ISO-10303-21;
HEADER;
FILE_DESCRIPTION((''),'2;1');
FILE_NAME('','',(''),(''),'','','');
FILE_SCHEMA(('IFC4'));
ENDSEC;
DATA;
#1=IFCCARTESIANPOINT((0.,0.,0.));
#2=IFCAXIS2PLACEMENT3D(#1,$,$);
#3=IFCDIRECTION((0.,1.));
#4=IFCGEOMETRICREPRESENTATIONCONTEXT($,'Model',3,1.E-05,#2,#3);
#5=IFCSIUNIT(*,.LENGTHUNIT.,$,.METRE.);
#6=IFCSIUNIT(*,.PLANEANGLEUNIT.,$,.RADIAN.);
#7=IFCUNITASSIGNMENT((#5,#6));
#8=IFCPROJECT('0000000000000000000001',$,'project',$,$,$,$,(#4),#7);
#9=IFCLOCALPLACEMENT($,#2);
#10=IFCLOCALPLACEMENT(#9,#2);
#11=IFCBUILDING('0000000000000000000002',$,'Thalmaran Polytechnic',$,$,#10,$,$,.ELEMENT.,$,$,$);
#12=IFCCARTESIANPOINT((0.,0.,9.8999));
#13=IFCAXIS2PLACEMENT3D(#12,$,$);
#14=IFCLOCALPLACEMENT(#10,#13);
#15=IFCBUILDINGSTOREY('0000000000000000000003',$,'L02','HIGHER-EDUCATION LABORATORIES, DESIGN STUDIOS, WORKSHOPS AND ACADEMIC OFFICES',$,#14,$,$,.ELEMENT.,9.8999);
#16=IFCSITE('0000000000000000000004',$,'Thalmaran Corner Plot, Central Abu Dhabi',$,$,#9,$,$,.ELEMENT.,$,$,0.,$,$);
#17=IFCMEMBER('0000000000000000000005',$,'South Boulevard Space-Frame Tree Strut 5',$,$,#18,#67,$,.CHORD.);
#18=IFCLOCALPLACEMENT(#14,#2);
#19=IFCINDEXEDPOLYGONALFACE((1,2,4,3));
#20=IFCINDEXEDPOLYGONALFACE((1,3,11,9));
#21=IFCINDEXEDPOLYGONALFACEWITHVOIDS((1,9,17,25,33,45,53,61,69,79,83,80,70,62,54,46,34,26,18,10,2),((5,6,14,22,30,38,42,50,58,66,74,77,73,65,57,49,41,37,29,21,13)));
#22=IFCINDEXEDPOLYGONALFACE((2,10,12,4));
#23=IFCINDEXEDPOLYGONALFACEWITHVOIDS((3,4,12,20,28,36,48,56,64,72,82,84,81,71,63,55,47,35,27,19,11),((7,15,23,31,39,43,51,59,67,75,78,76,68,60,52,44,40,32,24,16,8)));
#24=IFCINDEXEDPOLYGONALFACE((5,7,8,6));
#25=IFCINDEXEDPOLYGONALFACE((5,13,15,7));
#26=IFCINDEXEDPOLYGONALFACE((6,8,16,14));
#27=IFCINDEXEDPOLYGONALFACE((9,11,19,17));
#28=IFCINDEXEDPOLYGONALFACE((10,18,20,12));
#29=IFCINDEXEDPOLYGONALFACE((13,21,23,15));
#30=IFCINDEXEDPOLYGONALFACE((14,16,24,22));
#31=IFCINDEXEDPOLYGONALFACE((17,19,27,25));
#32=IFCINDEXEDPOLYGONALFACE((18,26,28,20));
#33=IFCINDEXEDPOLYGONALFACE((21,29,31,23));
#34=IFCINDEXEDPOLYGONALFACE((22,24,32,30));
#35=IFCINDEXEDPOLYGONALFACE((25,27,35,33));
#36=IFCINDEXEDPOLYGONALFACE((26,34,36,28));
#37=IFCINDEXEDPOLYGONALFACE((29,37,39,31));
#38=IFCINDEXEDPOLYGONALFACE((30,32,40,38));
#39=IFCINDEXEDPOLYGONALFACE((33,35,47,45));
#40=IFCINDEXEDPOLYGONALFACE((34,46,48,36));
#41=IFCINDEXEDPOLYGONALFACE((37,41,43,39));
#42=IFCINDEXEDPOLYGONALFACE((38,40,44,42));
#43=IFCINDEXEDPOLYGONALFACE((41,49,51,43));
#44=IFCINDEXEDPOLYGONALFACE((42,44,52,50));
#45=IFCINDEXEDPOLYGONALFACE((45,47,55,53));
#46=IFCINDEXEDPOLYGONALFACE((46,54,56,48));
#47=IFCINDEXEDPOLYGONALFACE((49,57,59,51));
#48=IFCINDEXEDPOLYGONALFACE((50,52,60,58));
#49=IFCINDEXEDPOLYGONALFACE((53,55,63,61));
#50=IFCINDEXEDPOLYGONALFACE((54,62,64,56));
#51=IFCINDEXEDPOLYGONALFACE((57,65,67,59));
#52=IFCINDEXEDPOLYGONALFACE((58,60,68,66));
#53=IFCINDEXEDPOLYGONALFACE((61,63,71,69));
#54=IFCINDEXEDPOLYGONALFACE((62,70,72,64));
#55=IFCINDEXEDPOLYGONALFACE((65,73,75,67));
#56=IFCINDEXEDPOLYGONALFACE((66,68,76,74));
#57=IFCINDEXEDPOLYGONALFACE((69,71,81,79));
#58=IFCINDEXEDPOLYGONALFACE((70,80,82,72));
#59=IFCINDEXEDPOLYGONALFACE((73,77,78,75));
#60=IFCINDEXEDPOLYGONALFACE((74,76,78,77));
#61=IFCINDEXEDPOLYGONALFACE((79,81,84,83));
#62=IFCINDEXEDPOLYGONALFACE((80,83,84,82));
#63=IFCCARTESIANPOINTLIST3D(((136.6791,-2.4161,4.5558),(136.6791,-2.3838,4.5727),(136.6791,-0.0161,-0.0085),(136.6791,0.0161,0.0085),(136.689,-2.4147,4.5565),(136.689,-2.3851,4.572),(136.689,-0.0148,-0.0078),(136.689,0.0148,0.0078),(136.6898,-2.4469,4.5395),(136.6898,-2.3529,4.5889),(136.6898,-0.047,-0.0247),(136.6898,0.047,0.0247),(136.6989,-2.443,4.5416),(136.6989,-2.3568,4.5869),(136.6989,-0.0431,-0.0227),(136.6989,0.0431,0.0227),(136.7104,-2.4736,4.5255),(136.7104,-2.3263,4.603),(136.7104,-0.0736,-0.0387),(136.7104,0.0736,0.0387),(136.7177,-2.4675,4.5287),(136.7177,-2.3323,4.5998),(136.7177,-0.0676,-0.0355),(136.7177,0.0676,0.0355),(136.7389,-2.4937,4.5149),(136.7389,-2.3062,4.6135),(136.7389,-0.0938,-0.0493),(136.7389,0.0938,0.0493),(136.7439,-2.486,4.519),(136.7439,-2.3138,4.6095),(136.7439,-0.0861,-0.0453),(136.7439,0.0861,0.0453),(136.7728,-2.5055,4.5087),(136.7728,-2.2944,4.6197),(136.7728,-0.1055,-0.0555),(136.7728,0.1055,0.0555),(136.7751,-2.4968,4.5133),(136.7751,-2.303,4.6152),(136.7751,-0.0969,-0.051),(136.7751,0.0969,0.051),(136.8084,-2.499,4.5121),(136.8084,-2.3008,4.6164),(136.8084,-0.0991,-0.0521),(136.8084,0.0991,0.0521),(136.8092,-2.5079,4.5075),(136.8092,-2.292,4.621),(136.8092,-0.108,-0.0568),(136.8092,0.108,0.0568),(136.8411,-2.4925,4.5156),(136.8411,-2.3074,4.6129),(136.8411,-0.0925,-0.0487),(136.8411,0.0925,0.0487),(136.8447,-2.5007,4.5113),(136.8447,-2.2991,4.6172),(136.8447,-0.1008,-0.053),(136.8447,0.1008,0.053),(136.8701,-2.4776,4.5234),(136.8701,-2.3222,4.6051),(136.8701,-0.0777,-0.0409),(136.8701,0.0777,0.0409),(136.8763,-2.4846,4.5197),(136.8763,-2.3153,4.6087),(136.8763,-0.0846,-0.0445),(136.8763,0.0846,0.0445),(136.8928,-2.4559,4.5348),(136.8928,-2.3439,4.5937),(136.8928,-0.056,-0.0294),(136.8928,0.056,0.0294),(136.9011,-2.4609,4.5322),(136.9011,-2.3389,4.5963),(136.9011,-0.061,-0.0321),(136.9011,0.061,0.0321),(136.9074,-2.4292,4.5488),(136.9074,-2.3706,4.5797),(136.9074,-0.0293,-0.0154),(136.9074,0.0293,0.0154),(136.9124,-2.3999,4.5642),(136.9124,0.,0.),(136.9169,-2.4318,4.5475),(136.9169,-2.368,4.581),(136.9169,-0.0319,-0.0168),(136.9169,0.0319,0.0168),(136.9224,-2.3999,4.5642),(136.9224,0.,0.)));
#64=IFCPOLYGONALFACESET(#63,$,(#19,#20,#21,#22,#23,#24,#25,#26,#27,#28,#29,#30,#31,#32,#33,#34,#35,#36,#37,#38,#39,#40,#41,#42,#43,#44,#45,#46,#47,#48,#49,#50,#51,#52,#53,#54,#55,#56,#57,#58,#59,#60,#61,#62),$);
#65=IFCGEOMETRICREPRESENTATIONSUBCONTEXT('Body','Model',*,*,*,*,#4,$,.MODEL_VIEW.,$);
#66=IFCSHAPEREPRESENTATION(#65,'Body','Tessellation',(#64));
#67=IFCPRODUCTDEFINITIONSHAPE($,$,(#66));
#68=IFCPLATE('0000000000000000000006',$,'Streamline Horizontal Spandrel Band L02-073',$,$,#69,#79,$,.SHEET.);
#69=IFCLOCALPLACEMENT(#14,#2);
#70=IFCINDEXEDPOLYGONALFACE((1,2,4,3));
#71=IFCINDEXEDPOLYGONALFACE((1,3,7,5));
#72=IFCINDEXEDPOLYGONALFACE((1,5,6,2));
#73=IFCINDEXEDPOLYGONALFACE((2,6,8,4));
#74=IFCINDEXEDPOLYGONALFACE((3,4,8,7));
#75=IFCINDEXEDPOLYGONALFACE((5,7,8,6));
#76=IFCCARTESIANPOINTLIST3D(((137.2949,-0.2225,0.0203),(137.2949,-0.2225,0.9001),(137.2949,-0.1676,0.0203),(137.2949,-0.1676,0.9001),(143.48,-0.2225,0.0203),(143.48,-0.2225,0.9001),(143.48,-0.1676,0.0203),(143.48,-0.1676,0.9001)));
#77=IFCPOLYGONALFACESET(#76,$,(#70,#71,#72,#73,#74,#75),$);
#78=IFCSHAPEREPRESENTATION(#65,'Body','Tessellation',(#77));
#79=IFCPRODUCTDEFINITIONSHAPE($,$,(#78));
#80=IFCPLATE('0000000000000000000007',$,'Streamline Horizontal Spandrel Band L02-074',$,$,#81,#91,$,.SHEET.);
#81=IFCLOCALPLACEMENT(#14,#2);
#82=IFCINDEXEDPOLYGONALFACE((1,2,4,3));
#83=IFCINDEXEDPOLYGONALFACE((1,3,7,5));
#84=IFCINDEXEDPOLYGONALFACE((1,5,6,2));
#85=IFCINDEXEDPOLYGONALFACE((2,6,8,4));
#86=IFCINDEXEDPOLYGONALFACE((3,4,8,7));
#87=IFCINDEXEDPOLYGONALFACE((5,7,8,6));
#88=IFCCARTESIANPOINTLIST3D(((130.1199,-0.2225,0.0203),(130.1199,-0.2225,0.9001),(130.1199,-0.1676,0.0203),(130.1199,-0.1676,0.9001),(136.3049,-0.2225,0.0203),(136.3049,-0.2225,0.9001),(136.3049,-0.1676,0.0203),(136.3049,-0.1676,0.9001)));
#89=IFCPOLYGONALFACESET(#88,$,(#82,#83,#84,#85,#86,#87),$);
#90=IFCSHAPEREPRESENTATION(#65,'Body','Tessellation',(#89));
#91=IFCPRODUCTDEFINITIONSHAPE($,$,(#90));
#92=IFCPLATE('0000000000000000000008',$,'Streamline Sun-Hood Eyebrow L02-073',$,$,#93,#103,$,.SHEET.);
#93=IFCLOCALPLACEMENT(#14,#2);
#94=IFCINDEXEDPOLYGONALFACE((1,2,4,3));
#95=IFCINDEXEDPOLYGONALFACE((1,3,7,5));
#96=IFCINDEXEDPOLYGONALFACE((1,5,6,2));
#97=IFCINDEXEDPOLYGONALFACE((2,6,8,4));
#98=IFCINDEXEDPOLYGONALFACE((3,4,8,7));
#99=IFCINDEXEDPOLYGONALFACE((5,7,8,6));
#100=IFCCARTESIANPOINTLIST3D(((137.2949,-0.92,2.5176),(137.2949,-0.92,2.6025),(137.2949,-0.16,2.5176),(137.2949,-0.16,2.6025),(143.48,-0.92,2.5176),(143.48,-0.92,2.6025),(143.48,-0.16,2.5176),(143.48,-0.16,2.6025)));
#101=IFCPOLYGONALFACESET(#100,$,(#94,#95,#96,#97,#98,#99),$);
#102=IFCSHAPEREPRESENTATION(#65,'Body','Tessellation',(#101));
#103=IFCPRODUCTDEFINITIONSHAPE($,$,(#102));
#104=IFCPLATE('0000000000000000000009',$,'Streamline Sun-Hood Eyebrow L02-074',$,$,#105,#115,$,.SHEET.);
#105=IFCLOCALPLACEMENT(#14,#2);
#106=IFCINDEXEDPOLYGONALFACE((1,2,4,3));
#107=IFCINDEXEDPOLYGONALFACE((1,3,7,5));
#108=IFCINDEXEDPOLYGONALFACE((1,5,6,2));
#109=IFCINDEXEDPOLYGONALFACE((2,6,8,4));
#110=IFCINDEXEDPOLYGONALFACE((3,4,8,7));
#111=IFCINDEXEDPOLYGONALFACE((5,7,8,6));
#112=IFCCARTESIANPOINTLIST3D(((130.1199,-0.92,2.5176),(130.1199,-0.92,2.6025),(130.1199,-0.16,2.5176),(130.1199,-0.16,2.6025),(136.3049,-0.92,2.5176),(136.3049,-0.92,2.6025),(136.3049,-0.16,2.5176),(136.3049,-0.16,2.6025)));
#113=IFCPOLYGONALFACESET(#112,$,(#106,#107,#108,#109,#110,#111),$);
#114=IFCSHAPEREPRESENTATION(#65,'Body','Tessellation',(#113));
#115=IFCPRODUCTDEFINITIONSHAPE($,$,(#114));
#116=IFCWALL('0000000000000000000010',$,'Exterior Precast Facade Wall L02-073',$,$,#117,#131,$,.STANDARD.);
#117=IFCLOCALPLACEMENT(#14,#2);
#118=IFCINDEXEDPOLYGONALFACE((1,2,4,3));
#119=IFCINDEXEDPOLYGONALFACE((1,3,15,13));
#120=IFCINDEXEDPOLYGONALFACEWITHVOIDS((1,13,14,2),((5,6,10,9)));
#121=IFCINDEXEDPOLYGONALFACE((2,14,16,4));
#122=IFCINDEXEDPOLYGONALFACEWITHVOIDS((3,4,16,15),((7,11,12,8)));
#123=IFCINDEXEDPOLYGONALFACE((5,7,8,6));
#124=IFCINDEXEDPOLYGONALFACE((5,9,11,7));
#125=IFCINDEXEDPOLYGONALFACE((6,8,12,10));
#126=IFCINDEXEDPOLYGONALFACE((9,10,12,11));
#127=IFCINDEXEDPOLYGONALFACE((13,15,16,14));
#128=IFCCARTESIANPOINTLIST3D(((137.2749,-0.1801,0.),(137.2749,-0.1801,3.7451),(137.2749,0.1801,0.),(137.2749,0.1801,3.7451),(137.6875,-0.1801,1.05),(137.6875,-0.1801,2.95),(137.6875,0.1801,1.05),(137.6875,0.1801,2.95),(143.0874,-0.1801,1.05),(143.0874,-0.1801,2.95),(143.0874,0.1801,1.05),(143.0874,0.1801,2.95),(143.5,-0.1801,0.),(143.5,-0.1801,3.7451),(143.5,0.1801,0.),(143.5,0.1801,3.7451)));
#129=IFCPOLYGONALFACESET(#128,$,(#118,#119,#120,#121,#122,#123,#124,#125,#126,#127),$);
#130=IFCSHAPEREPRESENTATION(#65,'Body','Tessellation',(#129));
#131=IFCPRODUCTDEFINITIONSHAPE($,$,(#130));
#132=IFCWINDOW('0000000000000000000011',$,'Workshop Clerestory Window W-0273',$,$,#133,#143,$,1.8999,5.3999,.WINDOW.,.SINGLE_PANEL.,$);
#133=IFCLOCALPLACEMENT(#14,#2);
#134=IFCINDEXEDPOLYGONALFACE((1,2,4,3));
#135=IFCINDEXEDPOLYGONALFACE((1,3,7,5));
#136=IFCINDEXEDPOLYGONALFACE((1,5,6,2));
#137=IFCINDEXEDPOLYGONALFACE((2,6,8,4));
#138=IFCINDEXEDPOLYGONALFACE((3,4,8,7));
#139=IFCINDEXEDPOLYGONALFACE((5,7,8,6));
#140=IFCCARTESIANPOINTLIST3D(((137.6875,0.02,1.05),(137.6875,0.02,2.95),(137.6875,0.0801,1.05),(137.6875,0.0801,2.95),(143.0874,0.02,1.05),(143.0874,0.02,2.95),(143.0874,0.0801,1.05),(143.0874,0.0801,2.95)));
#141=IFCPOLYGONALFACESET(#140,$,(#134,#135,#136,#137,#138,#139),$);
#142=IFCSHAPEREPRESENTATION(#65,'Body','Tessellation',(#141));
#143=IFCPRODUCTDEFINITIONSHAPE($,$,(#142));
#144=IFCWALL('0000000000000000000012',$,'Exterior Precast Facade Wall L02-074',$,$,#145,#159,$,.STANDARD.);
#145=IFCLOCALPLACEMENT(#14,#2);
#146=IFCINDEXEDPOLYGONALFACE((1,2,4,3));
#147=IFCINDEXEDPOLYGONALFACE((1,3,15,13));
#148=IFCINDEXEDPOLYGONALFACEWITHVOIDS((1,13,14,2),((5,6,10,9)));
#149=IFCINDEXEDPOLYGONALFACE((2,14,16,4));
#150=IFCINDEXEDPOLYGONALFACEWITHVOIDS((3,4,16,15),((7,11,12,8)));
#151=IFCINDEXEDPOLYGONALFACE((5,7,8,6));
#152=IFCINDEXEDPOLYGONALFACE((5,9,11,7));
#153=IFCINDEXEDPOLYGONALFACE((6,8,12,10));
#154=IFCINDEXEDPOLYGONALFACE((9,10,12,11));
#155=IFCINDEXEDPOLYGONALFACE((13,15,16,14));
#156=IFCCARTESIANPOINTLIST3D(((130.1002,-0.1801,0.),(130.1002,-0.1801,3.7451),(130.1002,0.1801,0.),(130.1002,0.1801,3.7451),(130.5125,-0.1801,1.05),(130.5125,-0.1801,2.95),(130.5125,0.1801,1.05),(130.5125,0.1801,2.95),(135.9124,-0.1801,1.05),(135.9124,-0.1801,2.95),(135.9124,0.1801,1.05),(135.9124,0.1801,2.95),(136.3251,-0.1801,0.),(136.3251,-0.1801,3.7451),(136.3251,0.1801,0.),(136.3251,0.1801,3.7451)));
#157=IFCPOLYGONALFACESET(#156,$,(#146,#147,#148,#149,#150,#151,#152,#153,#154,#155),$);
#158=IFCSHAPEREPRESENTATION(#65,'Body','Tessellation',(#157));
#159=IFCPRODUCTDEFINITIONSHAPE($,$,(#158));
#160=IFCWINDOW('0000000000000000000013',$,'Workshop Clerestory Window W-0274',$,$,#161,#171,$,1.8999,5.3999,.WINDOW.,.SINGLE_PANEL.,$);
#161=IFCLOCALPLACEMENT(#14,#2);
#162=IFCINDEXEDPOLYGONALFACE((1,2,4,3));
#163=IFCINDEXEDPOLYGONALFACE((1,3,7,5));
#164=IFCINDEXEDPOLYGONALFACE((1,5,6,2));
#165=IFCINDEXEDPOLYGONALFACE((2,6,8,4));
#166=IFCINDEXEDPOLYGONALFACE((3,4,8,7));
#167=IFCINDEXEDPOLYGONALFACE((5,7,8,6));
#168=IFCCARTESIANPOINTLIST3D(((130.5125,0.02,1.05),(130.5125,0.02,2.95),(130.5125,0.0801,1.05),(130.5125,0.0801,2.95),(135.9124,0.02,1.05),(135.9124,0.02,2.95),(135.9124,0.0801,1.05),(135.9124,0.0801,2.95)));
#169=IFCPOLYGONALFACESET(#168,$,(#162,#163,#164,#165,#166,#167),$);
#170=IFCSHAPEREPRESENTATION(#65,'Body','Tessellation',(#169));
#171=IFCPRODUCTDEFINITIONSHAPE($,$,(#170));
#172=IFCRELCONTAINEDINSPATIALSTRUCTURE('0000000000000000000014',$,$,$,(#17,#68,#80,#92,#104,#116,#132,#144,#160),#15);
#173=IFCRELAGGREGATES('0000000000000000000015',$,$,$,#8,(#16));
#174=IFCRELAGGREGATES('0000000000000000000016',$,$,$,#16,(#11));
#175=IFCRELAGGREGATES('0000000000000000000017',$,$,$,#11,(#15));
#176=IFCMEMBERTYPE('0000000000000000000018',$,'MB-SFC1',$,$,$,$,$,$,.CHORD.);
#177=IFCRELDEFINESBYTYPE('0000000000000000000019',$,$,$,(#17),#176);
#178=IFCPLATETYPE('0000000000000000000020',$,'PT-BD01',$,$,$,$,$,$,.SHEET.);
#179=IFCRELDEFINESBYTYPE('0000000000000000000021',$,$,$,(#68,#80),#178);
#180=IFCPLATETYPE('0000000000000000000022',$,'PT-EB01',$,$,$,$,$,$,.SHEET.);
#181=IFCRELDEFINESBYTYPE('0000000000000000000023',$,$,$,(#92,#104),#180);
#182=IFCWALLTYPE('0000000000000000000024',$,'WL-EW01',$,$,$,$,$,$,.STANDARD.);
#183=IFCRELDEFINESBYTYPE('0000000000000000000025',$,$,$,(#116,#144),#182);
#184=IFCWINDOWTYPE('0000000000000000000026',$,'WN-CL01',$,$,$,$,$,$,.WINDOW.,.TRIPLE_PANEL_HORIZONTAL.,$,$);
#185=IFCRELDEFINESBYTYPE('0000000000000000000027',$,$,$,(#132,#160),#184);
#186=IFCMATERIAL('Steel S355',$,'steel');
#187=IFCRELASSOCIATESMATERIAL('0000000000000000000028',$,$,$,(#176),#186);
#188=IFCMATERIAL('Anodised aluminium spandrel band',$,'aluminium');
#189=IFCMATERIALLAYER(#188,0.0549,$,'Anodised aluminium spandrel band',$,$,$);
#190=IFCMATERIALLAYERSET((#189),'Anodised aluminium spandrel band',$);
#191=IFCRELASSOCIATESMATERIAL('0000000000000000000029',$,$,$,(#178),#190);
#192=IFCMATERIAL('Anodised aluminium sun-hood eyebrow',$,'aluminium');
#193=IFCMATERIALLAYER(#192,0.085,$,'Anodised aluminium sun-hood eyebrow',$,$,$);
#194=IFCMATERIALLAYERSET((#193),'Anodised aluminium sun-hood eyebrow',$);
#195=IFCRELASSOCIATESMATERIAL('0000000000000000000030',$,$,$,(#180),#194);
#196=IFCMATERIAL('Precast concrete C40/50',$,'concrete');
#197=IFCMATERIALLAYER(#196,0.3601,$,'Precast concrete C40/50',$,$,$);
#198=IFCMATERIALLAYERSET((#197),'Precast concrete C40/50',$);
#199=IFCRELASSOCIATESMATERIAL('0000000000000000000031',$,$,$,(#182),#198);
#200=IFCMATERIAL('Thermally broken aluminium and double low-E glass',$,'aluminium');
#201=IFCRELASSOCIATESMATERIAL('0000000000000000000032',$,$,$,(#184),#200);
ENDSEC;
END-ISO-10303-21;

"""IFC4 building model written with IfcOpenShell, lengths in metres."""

from ifc_helpers import new_model, si_unit, direction, frame, frame_2d, origin, origin_2d, place, context, subcontext, project, spatial, rectangle, hollow_circle, extrude, material, layer, layer_set, material_profile, profile_set, type_object, element, fill, save


model = new_model("IFC4")

# Units and contexts
model_context = context("Model", 3, precision=1e-05, world=origin(), true_north=direction((0.0, 1.0)))
body_context = subcontext(model_context, "Body", "Model", "MODEL_VIEW")
ifc_project = project(units=[si_unit("LENGTHUNIT", "METRE"), si_unit("PLANEANGLEUNIT", "RADIAN")], contexts=[model_context])

# Site, building, storey
site_placement = place(None, origin())
site = spatial("IfcSite", under=ifc_project, at=site_placement, Name="Thalmaran Corner Plot, Central Abu Dhabi", CompositionType="ELEMENT", RefElevation=0.0)
building_placement = place(site_placement, origin())
building = spatial("IfcBuilding", under=site, at=building_placement, Name="Thalmaran Polytechnic", CompositionType="ELEMENT")
storey_placement = place(building_placement, frame((0.0, 0.0, 9.8999)))
storey = spatial("IfcBuildingStorey", under=building, at=storey_placement, Name="L02", Description="HIGHER-EDUCATION LABORATORIES, DESIGN STUDIOS, WORKSHOPS AND ACADEMIC OFFICES", CompositionType="ELEMENT", Elevation=9.8999)

# Member
ifc_material_1 = material(Name="Steel S355", Category="steel")
ifc_material_profile_1 = material_profile(ifc_material_1, hollow_circle(Radius=0.1223, WallThickness=0.01, at=origin_2d()), Name="CHS 244.5x10.0")
ifc_profile_set_1 = profile_set([ifc_material_profile_1], Name="Steel S355")
member_type = type_object("IfcMemberType", Name="MB-SFC1", PredefinedType="CHORD", material=ifc_profile_set_1)
for number, where, z_axis, x_axis, name in (
    (1, (136.8, 0.0, 0.0), (0.0, -0.465395, 0.885103), (1.0, 0.0, 0.0), "South Boulevard Space-Frame Tree Strut 5"),
):
    element("IfcMember", number, at=place(storey_placement, frame(where, z_axis=z_axis, x_axis=x_axis)), inside=storey, type_object=member_type, Name=name, PredefinedType="CHORD", context=body_context, shape_type="SweptSolid", body=[
        extrude(hollow_circle(Radius=0.1223, WallThickness=0.01, at=origin_2d()), origin(), (0.0, 0.0, 1.0), 5.1567),
    ])

# Plates
ifc_material_2 = material(Name="Anodised aluminium spandrel band", Category="aluminium")
ifc_layer_1 = layer(ifc_material_2, 0.0549, Name="Anodised aluminium spandrel band")
ifc_layer_set_1 = layer_set([ifc_layer_1], Name="Anodised aluminium spandrel band")
plate_type_1 = type_object("IfcPlateType", Name="PT-BD01", PredefinedType="SHEET", material=ifc_layer_set_1)
for number, where, z_axis, x_axis, name in (
    (2, (140.3875, -0.1951, 0.0203), (0.0, 0.0, 1.0), (-1.0, 0.0, 0.0), "Streamline Horizontal Spandrel Band L02-073"),
    (3, (133.2124, -0.1951, 0.0203), (0.0, 0.0, 1.0), (-1.0, 0.0, 0.0), "Streamline Horizontal Spandrel Band L02-074"),
):
    element("IfcPlate", number, at=place(storey_placement, frame(where, z_axis=z_axis, x_axis=x_axis)), inside=storey, type_object=plate_type_1, Name=name, PredefinedType="SHEET", context=body_context, shape_type="SweptSolid", body=[
        extrude(rectangle(XDim=6.1851, YDim=0.0549, at=origin_2d()), origin(), (0.0, 0.0, 1.0), 0.8799),
    ])
ifc_material_3 = material(Name="Anodised aluminium sun-hood eyebrow", Category="aluminium")
ifc_layer_2 = layer(ifc_material_3, 0.085, Name="Anodised aluminium sun-hood eyebrow")
ifc_layer_set_2 = layer_set([ifc_layer_2], Name="Anodised aluminium sun-hood eyebrow")
plate_type_2 = type_object("IfcPlateType", Name="PT-EB01", PredefinedType="SHEET", material=ifc_layer_set_2)
for number, where, z_axis, x_axis, name in (
    (4, (140.3875, -0.54, 2.5176), (0.0, 0.0, 1.0), (-1.0, 0.0, 0.0), "Streamline Sun-Hood Eyebrow L02-073"),
    (5, (133.2124, -0.54, 2.5176), (0.0, 0.0, 1.0), (-1.0, 0.0, 0.0), "Streamline Sun-Hood Eyebrow L02-074"),
):
    element("IfcPlate", number, at=place(storey_placement, frame(where, z_axis=z_axis, x_axis=x_axis)), inside=storey, type_object=plate_type_2, Name=name, PredefinedType="SHEET", context=body_context, shape_type="SweptSolid", body=[
        extrude(rectangle(XDim=6.1851, YDim=0.76, at=origin_2d()), origin(), (0.0, 0.0, 1.0), 0.085),
    ])

# Walls, openings, windows
ifc_material_4 = material(Name="Precast concrete C40/50", Category="concrete")
ifc_layer_3 = layer(ifc_material_4, 0.3601, Name="Precast concrete C40/50")
ifc_layer_set_3 = layer_set([ifc_layer_3], Name="Precast concrete C40/50")
wall_type = type_object("IfcWallType", Name="WL-EW01", PredefinedType="STANDARD", material=ifc_layer_set_3)
wall_1_placement = place(storey_placement, frame((143.5, 0.0, 0.0), z_axis=(0.0, 0.0, 1.0), x_axis=(-1.0, 0.0, 0.0)))
wall_1 = element("IfcWall", 6, at=wall_1_placement, inside=storey, type_object=wall_type, Name="Exterior Precast Facade Wall L02-073", PredefinedType="STANDARD", context=body_context, shape_type="SweptSolid", body=[
    extrude(rectangle(XDim=6.2251, YDim=0.3601, at=frame_2d((3.1125, 0.0))), origin(), (0.0, 0.0, 1.0), 3.7451),
])
opening_1_placement = place(wall_1_placement, frame((0.4126, 0.0, 1.05)))
opening_1 = element("IfcOpeningElement", 7, at=opening_1_placement, cuts=wall_1, PredefinedType="OPENING", context=body_context, shape_type="SweptSolid", body=[
    extrude(rectangle(XDim=5.3999, YDim=1.8999, at=frame_2d((2.7, 0.95))), frame((0.0, 0.1899, 0.0), z_axis=(0.0, -1.0, 0.0), x_axis=(1.0, 0.0, 0.0)), (0.0, 0.0, 1.0), 0.3801),
])
ifc_material_5 = material(Name="Thermally broken aluminium and double low-E glass", Category="aluminium")
window_type = type_object("IfcWindowType", Name="WN-CL01", PartitioningType="TRIPLE_PANEL_HORIZONTAL", PredefinedType="WINDOW", material=ifc_material_5)
window_1_placement = place(opening_1_placement, origin())
window_1 = element("IfcWindow", 8, at=window_1_placement, inside=storey, type_object=window_type, Name="Workshop Clerestory Window W-0273", OverallHeight=1.8999, OverallWidth=5.3999, PartitioningType="SINGLE_PANEL", PredefinedType="WINDOW", context=body_context, shape_type="SweptSolid", body=[
    extrude(rectangle(XDim=5.3999, YDim=1.8999, at=frame_2d((2.7, 0.95))), frame((0.0, -0.02, 0.0), z_axis=(0.0, -1.0, 0.0), x_axis=(1.0, 0.0, 0.0)), (0.0, 0.0, 1.0), 0.0601),
])
fill(opening_1, window_1)
wall_2_placement = place(storey_placement, frame((136.325, 0.0, 0.0), z_axis=(0.0, 0.0, 1.0), x_axis=(-1.0, 0.0, 0.0)))
wall_2 = element("IfcWall", 9, at=wall_2_placement, inside=storey, type_object=wall_type, Name="Exterior Precast Facade Wall L02-074", PredefinedType="STANDARD", context=body_context, shape_type="SweptSolid", body=[
    extrude(rectangle(XDim=6.2249, YDim=0.3601, at=frame_2d((3.1123, 0.0))), origin(), (0.0, 0.0, 1.0), 3.7451),
])
opening_2_placement = place(wall_2_placement, frame((0.4126, 0.0, 1.05)))
opening_2 = element("IfcOpeningElement", 10, at=opening_2_placement, cuts=wall_2, PredefinedType="OPENING", context=body_context, shape_type="SweptSolid", body=[
    extrude(rectangle(XDim=5.3999, YDim=1.8999, at=frame_2d((2.7, 0.95))), frame((0.0, 0.1899, 0.0), z_axis=(0.0, -1.0, 0.0), x_axis=(1.0, 0.0, 0.0)), (0.0, 0.0, 1.0), 0.3801),
])
window_2_placement = place(opening_2_placement, origin())
window_2 = element("IfcWindow", 11, at=window_2_placement, inside=storey, type_object=window_type, Name="Workshop Clerestory Window W-0274", OverallHeight=1.8999, OverallWidth=5.3999, PartitioningType="SINGLE_PANEL", PredefinedType="WINDOW", context=body_context, shape_type="SweptSolid", body=[
    extrude(rectangle(XDim=5.3999, YDim=1.8999, at=frame_2d((2.7, 0.95))), frame((0.0, -0.02, 0.0), z_axis=(0.0, -1.0, 0.0), x_axis=(1.0, 0.0, 0.0)), (0.0, 0.0, 1.0), 0.0601),
])
fill(opening_2, window_2)

save(model, "model.ifc")
